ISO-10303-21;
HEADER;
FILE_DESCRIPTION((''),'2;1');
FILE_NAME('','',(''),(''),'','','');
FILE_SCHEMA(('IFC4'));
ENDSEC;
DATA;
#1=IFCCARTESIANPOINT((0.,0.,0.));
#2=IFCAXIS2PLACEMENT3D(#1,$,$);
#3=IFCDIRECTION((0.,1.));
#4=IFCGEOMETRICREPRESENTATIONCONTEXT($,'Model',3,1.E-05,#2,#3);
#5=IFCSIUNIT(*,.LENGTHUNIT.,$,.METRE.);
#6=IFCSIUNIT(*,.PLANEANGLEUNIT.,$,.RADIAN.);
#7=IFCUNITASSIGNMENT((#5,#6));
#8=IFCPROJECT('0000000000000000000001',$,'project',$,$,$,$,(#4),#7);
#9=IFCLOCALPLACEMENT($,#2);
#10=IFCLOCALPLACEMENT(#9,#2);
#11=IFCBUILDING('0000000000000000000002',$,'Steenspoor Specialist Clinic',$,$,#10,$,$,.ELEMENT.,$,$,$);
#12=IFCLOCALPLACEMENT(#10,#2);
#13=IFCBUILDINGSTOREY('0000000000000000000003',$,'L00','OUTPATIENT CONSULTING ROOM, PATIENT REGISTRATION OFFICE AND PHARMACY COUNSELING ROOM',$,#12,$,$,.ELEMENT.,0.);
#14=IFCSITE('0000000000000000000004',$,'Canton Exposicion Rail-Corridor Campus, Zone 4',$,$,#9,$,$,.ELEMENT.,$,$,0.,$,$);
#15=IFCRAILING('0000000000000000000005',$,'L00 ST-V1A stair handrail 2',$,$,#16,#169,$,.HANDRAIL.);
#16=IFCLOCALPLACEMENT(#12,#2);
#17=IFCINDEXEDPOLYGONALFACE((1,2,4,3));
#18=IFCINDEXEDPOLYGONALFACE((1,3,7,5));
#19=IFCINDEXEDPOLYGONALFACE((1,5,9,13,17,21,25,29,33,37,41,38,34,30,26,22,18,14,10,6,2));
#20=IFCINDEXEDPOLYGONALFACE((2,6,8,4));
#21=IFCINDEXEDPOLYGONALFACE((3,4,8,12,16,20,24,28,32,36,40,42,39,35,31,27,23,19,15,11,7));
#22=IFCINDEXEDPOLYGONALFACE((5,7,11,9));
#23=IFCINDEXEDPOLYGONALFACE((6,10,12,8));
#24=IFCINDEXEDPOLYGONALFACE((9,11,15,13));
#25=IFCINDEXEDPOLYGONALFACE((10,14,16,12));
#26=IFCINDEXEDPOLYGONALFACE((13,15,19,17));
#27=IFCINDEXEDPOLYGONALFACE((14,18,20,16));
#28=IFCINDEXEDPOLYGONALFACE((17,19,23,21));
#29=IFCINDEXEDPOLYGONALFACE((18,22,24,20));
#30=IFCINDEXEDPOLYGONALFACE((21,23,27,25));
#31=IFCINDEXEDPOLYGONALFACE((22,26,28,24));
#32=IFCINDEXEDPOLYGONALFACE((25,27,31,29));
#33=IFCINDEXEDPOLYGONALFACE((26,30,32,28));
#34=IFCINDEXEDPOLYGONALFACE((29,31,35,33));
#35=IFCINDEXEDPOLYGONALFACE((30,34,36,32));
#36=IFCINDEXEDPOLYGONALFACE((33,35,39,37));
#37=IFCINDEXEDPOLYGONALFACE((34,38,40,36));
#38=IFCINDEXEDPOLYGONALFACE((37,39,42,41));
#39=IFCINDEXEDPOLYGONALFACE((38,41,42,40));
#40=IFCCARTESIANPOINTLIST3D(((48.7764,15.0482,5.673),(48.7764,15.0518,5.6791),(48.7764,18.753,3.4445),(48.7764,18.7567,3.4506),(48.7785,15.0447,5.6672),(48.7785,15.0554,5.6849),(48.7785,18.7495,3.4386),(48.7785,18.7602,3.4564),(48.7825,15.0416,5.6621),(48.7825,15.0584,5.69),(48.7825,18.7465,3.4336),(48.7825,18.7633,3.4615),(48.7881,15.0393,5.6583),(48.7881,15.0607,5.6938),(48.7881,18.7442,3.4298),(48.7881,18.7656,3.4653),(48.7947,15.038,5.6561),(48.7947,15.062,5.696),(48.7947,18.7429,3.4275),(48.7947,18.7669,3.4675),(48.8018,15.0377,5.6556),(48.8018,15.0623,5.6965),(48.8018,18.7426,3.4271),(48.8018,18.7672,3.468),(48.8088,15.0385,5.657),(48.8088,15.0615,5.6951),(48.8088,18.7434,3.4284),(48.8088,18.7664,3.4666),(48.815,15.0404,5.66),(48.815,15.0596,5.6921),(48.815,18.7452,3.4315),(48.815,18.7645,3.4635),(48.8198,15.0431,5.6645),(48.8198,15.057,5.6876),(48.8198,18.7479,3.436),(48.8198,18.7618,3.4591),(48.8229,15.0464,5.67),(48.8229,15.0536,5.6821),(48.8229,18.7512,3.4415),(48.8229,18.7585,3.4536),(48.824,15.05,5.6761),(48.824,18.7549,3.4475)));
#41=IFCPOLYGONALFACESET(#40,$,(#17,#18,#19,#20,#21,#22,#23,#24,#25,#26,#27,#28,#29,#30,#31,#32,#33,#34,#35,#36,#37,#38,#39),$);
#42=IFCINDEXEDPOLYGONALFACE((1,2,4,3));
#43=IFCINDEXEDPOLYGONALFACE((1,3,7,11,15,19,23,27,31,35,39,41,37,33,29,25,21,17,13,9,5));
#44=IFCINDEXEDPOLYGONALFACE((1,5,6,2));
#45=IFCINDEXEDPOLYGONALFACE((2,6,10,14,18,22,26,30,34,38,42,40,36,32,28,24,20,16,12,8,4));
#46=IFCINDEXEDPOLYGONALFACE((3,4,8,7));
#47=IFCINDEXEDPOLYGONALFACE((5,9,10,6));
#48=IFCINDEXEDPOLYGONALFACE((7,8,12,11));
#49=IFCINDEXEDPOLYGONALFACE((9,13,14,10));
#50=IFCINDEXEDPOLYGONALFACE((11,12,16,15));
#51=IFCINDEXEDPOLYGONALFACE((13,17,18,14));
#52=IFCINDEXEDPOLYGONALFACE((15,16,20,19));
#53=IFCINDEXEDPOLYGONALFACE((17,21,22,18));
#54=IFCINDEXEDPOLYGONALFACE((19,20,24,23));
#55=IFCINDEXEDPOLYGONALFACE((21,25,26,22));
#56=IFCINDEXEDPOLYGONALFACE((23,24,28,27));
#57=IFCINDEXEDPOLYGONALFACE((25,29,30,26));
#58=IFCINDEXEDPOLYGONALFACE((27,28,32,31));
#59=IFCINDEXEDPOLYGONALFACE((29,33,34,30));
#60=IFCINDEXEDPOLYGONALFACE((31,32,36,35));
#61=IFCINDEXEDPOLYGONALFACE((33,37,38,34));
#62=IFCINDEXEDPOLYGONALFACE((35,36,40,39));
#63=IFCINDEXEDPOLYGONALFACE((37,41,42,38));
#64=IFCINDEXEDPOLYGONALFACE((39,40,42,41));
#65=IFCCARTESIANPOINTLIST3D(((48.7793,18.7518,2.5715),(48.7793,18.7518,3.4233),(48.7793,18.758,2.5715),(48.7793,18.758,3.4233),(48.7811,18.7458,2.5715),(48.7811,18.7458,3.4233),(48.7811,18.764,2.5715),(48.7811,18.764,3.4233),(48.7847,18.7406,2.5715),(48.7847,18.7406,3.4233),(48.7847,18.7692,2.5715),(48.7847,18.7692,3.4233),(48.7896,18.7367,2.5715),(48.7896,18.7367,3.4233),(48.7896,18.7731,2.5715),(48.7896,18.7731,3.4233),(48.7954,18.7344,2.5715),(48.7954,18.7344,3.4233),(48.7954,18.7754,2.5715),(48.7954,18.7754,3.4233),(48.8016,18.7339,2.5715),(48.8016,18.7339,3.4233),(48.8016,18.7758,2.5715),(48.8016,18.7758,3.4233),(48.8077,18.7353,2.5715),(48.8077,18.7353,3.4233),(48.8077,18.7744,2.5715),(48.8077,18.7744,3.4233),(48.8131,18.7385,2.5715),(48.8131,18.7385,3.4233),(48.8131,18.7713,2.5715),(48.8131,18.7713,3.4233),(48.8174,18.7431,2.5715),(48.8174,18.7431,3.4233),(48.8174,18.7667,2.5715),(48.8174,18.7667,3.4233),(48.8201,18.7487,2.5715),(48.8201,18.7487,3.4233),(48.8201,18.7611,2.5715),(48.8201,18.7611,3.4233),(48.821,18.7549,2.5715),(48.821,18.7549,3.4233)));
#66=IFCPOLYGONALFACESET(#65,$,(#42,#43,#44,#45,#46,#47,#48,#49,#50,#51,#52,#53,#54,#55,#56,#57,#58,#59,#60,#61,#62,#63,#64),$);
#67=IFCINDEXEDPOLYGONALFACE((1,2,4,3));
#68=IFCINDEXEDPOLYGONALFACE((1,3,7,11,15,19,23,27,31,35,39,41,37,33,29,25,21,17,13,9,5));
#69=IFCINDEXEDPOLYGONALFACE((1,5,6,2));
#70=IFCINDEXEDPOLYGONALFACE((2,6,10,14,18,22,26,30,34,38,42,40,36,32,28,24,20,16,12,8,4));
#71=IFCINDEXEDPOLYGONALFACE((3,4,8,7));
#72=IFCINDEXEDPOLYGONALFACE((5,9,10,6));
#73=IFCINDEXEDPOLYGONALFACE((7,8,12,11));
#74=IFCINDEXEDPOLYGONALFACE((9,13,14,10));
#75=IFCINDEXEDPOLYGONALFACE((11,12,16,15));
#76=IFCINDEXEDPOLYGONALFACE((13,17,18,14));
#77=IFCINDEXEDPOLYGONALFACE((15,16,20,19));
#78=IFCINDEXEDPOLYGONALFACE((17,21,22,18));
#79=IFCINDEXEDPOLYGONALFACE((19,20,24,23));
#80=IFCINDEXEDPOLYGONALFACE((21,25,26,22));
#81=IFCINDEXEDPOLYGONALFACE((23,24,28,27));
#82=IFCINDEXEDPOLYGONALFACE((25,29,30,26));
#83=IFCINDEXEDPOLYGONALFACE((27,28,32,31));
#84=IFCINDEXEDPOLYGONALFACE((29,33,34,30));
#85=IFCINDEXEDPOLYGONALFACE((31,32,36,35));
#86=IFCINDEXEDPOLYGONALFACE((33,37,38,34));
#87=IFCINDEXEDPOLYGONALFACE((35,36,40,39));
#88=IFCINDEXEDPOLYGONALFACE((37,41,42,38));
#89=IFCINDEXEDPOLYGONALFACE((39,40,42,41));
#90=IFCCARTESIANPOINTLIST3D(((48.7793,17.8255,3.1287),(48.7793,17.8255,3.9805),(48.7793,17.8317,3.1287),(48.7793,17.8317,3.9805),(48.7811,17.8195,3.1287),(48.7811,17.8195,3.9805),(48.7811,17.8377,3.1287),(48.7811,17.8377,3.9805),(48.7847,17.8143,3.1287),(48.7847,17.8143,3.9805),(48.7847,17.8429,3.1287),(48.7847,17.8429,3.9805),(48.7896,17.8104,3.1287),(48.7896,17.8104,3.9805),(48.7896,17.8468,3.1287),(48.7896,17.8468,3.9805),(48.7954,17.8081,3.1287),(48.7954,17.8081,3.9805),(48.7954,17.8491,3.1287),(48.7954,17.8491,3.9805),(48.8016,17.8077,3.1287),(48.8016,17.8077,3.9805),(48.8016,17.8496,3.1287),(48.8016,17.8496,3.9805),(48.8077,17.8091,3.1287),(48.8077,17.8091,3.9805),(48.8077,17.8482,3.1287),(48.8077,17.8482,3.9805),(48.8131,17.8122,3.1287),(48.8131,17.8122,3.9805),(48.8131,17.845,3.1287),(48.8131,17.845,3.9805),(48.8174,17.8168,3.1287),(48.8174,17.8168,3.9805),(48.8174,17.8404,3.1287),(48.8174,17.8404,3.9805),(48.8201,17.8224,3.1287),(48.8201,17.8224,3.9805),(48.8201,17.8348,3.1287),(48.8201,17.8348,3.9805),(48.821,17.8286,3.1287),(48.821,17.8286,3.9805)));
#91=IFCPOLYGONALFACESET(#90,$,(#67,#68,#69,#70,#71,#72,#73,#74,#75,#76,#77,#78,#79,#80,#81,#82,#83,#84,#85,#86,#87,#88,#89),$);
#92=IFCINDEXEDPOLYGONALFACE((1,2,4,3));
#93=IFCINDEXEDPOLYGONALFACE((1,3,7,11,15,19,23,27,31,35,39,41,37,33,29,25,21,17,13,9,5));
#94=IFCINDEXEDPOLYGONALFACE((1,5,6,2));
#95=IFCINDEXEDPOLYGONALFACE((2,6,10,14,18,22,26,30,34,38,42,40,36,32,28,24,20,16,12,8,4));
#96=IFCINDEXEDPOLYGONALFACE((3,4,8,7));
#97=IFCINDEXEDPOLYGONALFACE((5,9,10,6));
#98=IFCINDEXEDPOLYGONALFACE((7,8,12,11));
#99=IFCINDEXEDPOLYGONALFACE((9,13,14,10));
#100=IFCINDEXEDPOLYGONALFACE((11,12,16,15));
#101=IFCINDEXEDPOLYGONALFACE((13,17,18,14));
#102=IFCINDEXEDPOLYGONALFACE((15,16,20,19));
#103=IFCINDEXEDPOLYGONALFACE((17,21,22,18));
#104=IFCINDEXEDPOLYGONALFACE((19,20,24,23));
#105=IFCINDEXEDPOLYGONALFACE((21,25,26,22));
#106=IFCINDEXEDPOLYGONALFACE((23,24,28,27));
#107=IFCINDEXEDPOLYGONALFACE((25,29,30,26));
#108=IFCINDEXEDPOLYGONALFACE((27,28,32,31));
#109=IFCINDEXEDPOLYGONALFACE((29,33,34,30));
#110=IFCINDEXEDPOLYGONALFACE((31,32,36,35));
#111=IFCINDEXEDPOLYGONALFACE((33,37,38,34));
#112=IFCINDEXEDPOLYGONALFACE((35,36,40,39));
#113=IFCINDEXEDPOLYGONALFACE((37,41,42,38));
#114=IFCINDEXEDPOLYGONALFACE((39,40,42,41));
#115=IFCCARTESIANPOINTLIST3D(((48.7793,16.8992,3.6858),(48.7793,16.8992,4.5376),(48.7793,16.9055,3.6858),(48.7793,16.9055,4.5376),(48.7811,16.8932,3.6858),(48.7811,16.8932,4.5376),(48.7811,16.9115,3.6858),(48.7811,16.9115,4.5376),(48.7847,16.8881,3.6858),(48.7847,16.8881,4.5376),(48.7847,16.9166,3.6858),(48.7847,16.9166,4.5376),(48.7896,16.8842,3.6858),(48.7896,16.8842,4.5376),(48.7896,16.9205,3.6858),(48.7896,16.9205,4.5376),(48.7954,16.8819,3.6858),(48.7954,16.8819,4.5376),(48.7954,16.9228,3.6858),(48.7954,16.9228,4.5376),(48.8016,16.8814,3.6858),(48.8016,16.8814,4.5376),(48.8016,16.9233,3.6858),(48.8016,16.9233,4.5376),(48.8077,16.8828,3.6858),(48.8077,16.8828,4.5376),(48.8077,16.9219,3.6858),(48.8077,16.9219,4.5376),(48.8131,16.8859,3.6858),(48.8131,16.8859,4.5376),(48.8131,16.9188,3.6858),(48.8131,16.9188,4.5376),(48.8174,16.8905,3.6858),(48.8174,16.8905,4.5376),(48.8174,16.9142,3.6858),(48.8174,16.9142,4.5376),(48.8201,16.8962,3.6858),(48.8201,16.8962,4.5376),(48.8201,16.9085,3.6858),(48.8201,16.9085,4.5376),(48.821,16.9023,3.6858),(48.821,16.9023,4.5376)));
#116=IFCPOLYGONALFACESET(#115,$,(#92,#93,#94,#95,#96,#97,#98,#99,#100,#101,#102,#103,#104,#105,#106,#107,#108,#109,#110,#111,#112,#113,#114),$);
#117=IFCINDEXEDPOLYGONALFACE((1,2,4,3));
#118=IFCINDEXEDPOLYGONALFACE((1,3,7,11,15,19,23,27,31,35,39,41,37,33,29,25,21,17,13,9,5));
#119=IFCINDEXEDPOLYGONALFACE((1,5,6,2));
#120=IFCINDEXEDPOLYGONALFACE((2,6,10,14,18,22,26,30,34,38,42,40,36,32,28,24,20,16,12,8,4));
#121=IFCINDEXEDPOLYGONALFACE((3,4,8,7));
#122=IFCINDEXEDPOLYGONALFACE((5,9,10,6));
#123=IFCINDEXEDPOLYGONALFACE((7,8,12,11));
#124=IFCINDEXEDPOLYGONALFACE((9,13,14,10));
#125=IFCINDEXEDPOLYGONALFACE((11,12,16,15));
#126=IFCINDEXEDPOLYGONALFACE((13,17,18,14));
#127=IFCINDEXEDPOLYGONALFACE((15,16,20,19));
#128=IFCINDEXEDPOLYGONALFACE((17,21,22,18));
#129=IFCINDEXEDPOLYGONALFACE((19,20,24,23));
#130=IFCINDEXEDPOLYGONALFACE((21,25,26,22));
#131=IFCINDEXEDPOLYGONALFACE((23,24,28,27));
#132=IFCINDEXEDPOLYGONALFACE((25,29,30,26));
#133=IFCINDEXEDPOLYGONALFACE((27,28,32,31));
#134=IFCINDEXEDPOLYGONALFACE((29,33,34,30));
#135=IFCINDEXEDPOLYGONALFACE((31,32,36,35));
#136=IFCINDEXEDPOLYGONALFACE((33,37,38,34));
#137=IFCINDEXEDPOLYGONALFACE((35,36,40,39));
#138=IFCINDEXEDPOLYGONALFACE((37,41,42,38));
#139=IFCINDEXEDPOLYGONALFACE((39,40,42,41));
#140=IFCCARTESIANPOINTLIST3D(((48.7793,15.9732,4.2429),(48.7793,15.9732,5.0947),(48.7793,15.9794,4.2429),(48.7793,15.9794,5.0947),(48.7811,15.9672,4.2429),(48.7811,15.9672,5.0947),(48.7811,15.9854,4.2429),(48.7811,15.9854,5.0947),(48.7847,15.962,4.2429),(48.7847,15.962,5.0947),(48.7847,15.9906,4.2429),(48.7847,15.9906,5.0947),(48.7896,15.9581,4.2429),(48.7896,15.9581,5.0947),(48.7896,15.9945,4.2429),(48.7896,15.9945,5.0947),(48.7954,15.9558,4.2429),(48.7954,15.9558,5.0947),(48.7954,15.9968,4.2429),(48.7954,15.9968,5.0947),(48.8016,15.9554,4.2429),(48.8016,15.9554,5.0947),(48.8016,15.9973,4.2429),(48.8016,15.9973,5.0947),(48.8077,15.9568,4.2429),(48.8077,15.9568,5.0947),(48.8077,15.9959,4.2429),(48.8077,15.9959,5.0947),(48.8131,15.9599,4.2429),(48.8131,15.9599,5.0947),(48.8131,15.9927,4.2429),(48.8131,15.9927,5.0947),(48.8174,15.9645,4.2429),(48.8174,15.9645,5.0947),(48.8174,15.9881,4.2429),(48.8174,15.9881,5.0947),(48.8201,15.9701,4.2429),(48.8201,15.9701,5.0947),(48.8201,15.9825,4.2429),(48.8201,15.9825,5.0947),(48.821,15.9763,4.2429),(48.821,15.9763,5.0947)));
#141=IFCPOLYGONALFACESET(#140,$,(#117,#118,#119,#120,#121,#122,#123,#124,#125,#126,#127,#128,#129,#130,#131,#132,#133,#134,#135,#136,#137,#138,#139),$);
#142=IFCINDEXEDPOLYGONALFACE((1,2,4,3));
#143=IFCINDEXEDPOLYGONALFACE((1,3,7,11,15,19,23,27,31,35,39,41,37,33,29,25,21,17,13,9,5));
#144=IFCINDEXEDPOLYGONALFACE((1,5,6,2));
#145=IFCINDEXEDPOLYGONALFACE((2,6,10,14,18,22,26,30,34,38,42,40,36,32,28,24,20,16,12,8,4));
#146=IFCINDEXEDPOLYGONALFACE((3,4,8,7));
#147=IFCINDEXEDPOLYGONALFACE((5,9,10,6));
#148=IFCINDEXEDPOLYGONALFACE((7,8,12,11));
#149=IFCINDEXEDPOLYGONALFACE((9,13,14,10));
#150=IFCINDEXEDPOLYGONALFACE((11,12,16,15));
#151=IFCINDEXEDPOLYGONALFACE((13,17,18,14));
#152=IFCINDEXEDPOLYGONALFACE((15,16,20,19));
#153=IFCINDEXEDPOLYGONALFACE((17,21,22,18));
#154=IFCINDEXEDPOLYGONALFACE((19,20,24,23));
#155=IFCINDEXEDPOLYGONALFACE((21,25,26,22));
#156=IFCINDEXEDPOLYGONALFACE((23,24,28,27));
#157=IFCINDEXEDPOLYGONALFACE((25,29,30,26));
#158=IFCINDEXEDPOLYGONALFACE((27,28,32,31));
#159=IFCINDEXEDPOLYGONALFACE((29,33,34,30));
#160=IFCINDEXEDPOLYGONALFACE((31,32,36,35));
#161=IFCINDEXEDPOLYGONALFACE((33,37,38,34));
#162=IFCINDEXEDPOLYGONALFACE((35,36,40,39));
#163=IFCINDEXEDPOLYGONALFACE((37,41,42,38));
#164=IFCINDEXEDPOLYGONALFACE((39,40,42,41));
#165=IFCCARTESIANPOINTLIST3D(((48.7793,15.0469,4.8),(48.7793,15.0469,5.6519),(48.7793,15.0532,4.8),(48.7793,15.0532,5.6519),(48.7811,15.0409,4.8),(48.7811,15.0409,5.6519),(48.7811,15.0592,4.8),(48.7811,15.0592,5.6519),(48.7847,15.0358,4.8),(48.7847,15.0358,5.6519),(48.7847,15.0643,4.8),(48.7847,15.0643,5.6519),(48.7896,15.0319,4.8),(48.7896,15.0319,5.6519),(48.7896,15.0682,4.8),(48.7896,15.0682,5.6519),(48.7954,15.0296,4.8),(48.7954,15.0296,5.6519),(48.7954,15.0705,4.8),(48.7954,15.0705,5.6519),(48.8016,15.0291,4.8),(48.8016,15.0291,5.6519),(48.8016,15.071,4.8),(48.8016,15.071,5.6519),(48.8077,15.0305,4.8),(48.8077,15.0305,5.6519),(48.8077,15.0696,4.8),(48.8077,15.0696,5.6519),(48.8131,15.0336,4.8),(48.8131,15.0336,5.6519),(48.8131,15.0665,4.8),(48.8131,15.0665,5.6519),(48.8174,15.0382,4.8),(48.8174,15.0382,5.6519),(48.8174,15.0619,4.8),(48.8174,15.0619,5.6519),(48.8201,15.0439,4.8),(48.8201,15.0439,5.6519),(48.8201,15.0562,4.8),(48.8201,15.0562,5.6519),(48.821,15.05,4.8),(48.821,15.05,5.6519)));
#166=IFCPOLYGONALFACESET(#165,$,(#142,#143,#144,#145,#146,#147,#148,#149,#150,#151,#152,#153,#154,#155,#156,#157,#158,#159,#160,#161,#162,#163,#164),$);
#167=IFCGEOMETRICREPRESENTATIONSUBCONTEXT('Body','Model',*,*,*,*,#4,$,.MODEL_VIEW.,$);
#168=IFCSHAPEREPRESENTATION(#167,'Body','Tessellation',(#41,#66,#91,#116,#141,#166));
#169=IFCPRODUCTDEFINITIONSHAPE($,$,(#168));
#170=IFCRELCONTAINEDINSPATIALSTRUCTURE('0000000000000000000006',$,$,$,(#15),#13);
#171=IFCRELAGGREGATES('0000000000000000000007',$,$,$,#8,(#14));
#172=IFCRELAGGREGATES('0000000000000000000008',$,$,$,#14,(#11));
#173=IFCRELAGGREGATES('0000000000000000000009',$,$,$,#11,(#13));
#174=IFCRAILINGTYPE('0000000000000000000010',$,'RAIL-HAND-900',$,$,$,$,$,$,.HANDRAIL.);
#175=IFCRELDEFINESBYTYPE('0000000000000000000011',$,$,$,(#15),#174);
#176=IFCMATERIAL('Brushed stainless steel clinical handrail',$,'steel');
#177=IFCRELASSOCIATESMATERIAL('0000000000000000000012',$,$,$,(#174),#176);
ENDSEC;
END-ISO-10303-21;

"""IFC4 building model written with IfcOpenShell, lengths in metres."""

from ifc_helpers import new_model, si_unit, direction, frame, origin, origin_2d, place, context, subcontext, project, spatial, circle, extrude, material, type_object, element, save


model = new_model("IFC4")

# Units and contexts
model_context = context("Model", 3, precision=1e-05, world=origin(), true_north=direction((0.0, 1.0)))
body_context = subcontext(model_context, "Body", "Model", "MODEL_VIEW")
ifc_project = project(units=[si_unit("LENGTHUNIT", "METRE"), si_unit("PLANEANGLEUNIT", "RADIAN")], contexts=[model_context])

# Site, building, storey
site_placement = place(None, origin())
site = spatial("IfcSite", under=ifc_project, at=site_placement, Name="Canton Exposicion Rail-Corridor Campus, Zone 4", CompositionType="ELEMENT", RefElevation=0.0)
building_placement = place(site_placement, origin())
building = spatial("IfcBuilding", under=site, at=building_placement, Name="Steenspoor Specialist Clinic", CompositionType="ELEMENT")
storey_placement = place(building_placement, origin())
storey = spatial("IfcBuildingStorey", under=building, at=storey_placement, Name="L00", Description="OUTPATIENT CONSULTING ROOM, PATIENT REGISTRATION OFFICE AND PHARMACY COUNSELING ROOM", CompositionType="ELEMENT", Elevation=0.0)

# Railing
ifc_material_1 = material(Name="Brushed stainless steel clinical handrail", Category="steel")
railing_type_1 = type_object("IfcRailingType", Name="RAIL-HAND-900", PredefinedType="HANDRAIL", material=ifc_material_1)
railing_1_placement = place(storey_placement, frame((48.8, 18.7549, 2.5715)))
element("IfcRailing", 1, at=railing_1_placement, inside=storey, type_object=railing_type_1, Name="L00 ST-V1A stair handrail 2", PredefinedType="HANDRAIL", context=body_context, shape_type="SweptSolid", body=[
    extrude(circle(Radius=0.0239, at=origin_2d()), frame((0.0, 0.0, 0.876), z_axis=(0.0, -0.856919, 0.51545), x_axis=(1.0, 0.0, 0.0)), (0.0, 0.0, 1.0), 4.3235),
    extrude(circle(Radius=0.021, at=origin_2d()), origin(), (0.0, 0.0, 1.0), 0.8518),
    extrude(circle(Radius=0.021, at=origin_2d()), frame((0.0, -0.9263, 0.5571)), (0.0, 0.0, 1.0), 0.8518),
    extrude(circle(Radius=0.021, at=origin_2d()), frame((0.0, -1.8525, 1.1143)), (0.0, 0.0, 1.0), 0.8518),
    extrude(circle(Radius=0.021, at=origin_2d()), frame((0.0, -2.7786, 1.6714)), (0.0, 0.0, 1.0), 0.8518),
    extrude(circle(Radius=0.021, at=origin_2d()), frame((0.0, -3.7048, 2.2285)), (0.0, 0.0, 1.0), 0.8518),
])

save(model, "model.ifc")
